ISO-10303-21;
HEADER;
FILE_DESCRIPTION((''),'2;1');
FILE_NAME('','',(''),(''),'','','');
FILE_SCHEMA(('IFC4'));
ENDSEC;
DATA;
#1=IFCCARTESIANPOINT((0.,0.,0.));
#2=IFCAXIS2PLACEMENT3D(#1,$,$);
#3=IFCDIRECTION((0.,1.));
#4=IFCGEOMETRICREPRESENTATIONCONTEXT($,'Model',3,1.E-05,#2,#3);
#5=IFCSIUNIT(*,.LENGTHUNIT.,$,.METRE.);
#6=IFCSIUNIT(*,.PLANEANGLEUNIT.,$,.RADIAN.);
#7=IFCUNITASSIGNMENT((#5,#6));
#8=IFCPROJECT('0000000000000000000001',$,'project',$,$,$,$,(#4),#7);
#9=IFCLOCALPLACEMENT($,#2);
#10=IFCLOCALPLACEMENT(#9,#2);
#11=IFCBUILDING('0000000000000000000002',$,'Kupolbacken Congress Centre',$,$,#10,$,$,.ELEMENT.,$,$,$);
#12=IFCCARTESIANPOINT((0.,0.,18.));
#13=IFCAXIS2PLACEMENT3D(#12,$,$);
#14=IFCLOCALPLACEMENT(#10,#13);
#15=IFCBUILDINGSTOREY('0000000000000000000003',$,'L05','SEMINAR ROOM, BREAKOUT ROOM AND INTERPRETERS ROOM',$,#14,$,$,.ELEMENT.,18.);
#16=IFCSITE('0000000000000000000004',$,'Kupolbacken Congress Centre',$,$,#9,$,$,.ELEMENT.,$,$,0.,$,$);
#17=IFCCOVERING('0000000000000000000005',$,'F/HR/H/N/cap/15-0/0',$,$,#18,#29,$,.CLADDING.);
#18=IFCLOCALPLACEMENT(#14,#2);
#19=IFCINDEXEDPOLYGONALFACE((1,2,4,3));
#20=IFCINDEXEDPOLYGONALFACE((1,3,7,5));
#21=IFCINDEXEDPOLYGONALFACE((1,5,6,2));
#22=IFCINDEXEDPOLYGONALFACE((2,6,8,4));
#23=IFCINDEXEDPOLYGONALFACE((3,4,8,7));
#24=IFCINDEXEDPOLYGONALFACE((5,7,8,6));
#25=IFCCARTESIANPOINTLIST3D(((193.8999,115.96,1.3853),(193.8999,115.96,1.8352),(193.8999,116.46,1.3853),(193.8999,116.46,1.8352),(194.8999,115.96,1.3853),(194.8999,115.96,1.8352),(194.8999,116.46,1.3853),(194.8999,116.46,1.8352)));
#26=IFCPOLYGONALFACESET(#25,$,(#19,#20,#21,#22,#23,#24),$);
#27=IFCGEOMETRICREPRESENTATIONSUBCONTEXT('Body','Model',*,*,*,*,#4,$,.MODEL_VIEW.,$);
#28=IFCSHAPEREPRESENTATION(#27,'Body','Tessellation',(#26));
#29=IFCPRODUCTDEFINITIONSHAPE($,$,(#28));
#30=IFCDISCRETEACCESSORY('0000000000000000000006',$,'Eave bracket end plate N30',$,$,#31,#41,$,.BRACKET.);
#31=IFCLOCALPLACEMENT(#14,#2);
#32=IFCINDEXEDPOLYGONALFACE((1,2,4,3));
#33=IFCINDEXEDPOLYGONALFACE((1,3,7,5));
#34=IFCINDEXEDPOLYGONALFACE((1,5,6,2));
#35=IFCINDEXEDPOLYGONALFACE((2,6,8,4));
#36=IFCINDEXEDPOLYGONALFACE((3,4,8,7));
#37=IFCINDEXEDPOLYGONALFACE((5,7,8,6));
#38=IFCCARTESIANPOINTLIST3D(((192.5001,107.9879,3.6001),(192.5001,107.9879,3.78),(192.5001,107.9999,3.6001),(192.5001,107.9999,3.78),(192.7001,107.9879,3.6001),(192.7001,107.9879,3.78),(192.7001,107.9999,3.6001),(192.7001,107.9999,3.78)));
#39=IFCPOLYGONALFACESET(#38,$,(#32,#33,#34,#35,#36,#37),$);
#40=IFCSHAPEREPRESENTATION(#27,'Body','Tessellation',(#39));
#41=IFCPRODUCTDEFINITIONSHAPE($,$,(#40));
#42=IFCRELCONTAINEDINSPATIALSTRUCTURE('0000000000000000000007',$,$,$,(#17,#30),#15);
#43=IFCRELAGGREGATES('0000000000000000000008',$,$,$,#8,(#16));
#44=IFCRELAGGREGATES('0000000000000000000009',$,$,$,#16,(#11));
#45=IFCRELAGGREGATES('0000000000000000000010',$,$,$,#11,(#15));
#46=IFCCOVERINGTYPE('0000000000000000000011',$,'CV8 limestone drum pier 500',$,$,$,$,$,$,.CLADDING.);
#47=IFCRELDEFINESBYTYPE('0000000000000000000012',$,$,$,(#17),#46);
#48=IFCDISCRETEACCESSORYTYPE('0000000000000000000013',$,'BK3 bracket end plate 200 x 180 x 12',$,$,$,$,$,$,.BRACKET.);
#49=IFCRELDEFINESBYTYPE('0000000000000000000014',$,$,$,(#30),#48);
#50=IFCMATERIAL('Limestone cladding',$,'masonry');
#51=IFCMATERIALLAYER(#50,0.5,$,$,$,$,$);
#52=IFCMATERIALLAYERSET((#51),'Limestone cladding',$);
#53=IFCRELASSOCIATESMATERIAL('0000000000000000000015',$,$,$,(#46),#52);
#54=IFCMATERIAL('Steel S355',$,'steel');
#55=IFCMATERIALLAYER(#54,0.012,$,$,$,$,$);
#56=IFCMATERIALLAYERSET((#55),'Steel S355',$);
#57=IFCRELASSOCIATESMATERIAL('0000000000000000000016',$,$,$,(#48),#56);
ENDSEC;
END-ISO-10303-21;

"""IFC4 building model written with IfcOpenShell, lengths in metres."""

from ifc_helpers import new_model, si_unit, direction, frame, origin, origin_2d, place, context, subcontext, project, spatial, rectangle, extrude, material, layer, layer_set, type_object, element, save


model = new_model("IFC4")

# Units and contexts
model_context = context("Model", 3, precision=1e-05, world=origin(), true_north=direction((0.0, 1.0)))
body_context = subcontext(model_context, "Body", "Model", "MODEL_VIEW")
ifc_project = project(units=[si_unit("LENGTHUNIT", "METRE"), si_unit("PLANEANGLEUNIT", "RADIAN")], contexts=[model_context])

# Site, building, storey
site_placement = place(None, origin())
site = spatial("IfcSite", under=ifc_project, at=site_placement, Name="Kupolbacken Congress Centre", CompositionType="ELEMENT", RefElevation=0.0)
building_placement = place(site_placement, origin())
building = spatial("IfcBuilding", under=site, at=building_placement, Name="Kupolbacken Congress Centre", CompositionType="ELEMENT")
storey_placement = place(building_placement, frame((0.0, 0.0, 18.0)))
storey = spatial("IfcBuildingStorey", under=building, at=storey_placement, Name="L05", Description="SEMINAR ROOM, BREAKOUT ROOM AND INTERPRETERS ROOM", CompositionType="ELEMENT", Elevation=18.0)

# Covering
ifc_material_1 = material(Name="Limestone cladding", Category="masonry")
ifc_layer_1 = layer(ifc_material_1, 0.5)
ifc_layer_set_1 = layer_set([ifc_layer_1], Name="Limestone cladding")
covering_type = type_object("IfcCoveringType", Name="CV8 limestone drum pier 500", PredefinedType="CLADDING", material=ifc_layer_set_1)
covering_placement = place(storey_placement, frame((194.3999, 116.21, 1.3853), z_axis=(0.0, 0.0, 1.0), x_axis=(1.0, 0.0, 0.0)))
element("IfcCovering", 1, at=covering_placement, inside=storey, type_object=covering_type, Name="F/HR/H/N/cap/15-0/0", PredefinedType="CLADDING", context=body_context, shape_type="SweptSolid", body=[
    extrude(rectangle(XDim=1.0, YDim=0.5, at=origin_2d()), origin(), (0.0, 0.0, 1.0), 0.45),
])

# Discrete accessory
ifc_material_2 = material(Name="Steel S355", Category="steel")
ifc_layer_2 = layer(ifc_material_2, 0.012)
ifc_layer_set_2 = layer_set([ifc_layer_2], Name="Steel S355")
discrete_accessory_type = type_object("IfcDiscreteAccessoryType", Name="BK3 bracket end plate 200 x 180 x 12", PredefinedType="BRACKET", material=ifc_layer_set_2)
discrete_accessory_placement = place(storey_placement, frame((192.6001, 107.9939, 3.6001), z_axis=(0.0, 0.0, 1.0), x_axis=(1.0, 0.0, 0.0)))
element("IfcDiscreteAccessory", 2, at=discrete_accessory_placement, inside=storey, type_object=discrete_accessory_type, Name="Eave bracket end plate N30", PredefinedType="BRACKET", context=body_context, shape_type="SweptSolid", body=[
    extrude(rectangle(XDim=0.2, YDim=0.012, at=origin_2d()), origin(), (0.0, 0.0, 1.0), 0.1799),
])

save(model, "model.ifc")
